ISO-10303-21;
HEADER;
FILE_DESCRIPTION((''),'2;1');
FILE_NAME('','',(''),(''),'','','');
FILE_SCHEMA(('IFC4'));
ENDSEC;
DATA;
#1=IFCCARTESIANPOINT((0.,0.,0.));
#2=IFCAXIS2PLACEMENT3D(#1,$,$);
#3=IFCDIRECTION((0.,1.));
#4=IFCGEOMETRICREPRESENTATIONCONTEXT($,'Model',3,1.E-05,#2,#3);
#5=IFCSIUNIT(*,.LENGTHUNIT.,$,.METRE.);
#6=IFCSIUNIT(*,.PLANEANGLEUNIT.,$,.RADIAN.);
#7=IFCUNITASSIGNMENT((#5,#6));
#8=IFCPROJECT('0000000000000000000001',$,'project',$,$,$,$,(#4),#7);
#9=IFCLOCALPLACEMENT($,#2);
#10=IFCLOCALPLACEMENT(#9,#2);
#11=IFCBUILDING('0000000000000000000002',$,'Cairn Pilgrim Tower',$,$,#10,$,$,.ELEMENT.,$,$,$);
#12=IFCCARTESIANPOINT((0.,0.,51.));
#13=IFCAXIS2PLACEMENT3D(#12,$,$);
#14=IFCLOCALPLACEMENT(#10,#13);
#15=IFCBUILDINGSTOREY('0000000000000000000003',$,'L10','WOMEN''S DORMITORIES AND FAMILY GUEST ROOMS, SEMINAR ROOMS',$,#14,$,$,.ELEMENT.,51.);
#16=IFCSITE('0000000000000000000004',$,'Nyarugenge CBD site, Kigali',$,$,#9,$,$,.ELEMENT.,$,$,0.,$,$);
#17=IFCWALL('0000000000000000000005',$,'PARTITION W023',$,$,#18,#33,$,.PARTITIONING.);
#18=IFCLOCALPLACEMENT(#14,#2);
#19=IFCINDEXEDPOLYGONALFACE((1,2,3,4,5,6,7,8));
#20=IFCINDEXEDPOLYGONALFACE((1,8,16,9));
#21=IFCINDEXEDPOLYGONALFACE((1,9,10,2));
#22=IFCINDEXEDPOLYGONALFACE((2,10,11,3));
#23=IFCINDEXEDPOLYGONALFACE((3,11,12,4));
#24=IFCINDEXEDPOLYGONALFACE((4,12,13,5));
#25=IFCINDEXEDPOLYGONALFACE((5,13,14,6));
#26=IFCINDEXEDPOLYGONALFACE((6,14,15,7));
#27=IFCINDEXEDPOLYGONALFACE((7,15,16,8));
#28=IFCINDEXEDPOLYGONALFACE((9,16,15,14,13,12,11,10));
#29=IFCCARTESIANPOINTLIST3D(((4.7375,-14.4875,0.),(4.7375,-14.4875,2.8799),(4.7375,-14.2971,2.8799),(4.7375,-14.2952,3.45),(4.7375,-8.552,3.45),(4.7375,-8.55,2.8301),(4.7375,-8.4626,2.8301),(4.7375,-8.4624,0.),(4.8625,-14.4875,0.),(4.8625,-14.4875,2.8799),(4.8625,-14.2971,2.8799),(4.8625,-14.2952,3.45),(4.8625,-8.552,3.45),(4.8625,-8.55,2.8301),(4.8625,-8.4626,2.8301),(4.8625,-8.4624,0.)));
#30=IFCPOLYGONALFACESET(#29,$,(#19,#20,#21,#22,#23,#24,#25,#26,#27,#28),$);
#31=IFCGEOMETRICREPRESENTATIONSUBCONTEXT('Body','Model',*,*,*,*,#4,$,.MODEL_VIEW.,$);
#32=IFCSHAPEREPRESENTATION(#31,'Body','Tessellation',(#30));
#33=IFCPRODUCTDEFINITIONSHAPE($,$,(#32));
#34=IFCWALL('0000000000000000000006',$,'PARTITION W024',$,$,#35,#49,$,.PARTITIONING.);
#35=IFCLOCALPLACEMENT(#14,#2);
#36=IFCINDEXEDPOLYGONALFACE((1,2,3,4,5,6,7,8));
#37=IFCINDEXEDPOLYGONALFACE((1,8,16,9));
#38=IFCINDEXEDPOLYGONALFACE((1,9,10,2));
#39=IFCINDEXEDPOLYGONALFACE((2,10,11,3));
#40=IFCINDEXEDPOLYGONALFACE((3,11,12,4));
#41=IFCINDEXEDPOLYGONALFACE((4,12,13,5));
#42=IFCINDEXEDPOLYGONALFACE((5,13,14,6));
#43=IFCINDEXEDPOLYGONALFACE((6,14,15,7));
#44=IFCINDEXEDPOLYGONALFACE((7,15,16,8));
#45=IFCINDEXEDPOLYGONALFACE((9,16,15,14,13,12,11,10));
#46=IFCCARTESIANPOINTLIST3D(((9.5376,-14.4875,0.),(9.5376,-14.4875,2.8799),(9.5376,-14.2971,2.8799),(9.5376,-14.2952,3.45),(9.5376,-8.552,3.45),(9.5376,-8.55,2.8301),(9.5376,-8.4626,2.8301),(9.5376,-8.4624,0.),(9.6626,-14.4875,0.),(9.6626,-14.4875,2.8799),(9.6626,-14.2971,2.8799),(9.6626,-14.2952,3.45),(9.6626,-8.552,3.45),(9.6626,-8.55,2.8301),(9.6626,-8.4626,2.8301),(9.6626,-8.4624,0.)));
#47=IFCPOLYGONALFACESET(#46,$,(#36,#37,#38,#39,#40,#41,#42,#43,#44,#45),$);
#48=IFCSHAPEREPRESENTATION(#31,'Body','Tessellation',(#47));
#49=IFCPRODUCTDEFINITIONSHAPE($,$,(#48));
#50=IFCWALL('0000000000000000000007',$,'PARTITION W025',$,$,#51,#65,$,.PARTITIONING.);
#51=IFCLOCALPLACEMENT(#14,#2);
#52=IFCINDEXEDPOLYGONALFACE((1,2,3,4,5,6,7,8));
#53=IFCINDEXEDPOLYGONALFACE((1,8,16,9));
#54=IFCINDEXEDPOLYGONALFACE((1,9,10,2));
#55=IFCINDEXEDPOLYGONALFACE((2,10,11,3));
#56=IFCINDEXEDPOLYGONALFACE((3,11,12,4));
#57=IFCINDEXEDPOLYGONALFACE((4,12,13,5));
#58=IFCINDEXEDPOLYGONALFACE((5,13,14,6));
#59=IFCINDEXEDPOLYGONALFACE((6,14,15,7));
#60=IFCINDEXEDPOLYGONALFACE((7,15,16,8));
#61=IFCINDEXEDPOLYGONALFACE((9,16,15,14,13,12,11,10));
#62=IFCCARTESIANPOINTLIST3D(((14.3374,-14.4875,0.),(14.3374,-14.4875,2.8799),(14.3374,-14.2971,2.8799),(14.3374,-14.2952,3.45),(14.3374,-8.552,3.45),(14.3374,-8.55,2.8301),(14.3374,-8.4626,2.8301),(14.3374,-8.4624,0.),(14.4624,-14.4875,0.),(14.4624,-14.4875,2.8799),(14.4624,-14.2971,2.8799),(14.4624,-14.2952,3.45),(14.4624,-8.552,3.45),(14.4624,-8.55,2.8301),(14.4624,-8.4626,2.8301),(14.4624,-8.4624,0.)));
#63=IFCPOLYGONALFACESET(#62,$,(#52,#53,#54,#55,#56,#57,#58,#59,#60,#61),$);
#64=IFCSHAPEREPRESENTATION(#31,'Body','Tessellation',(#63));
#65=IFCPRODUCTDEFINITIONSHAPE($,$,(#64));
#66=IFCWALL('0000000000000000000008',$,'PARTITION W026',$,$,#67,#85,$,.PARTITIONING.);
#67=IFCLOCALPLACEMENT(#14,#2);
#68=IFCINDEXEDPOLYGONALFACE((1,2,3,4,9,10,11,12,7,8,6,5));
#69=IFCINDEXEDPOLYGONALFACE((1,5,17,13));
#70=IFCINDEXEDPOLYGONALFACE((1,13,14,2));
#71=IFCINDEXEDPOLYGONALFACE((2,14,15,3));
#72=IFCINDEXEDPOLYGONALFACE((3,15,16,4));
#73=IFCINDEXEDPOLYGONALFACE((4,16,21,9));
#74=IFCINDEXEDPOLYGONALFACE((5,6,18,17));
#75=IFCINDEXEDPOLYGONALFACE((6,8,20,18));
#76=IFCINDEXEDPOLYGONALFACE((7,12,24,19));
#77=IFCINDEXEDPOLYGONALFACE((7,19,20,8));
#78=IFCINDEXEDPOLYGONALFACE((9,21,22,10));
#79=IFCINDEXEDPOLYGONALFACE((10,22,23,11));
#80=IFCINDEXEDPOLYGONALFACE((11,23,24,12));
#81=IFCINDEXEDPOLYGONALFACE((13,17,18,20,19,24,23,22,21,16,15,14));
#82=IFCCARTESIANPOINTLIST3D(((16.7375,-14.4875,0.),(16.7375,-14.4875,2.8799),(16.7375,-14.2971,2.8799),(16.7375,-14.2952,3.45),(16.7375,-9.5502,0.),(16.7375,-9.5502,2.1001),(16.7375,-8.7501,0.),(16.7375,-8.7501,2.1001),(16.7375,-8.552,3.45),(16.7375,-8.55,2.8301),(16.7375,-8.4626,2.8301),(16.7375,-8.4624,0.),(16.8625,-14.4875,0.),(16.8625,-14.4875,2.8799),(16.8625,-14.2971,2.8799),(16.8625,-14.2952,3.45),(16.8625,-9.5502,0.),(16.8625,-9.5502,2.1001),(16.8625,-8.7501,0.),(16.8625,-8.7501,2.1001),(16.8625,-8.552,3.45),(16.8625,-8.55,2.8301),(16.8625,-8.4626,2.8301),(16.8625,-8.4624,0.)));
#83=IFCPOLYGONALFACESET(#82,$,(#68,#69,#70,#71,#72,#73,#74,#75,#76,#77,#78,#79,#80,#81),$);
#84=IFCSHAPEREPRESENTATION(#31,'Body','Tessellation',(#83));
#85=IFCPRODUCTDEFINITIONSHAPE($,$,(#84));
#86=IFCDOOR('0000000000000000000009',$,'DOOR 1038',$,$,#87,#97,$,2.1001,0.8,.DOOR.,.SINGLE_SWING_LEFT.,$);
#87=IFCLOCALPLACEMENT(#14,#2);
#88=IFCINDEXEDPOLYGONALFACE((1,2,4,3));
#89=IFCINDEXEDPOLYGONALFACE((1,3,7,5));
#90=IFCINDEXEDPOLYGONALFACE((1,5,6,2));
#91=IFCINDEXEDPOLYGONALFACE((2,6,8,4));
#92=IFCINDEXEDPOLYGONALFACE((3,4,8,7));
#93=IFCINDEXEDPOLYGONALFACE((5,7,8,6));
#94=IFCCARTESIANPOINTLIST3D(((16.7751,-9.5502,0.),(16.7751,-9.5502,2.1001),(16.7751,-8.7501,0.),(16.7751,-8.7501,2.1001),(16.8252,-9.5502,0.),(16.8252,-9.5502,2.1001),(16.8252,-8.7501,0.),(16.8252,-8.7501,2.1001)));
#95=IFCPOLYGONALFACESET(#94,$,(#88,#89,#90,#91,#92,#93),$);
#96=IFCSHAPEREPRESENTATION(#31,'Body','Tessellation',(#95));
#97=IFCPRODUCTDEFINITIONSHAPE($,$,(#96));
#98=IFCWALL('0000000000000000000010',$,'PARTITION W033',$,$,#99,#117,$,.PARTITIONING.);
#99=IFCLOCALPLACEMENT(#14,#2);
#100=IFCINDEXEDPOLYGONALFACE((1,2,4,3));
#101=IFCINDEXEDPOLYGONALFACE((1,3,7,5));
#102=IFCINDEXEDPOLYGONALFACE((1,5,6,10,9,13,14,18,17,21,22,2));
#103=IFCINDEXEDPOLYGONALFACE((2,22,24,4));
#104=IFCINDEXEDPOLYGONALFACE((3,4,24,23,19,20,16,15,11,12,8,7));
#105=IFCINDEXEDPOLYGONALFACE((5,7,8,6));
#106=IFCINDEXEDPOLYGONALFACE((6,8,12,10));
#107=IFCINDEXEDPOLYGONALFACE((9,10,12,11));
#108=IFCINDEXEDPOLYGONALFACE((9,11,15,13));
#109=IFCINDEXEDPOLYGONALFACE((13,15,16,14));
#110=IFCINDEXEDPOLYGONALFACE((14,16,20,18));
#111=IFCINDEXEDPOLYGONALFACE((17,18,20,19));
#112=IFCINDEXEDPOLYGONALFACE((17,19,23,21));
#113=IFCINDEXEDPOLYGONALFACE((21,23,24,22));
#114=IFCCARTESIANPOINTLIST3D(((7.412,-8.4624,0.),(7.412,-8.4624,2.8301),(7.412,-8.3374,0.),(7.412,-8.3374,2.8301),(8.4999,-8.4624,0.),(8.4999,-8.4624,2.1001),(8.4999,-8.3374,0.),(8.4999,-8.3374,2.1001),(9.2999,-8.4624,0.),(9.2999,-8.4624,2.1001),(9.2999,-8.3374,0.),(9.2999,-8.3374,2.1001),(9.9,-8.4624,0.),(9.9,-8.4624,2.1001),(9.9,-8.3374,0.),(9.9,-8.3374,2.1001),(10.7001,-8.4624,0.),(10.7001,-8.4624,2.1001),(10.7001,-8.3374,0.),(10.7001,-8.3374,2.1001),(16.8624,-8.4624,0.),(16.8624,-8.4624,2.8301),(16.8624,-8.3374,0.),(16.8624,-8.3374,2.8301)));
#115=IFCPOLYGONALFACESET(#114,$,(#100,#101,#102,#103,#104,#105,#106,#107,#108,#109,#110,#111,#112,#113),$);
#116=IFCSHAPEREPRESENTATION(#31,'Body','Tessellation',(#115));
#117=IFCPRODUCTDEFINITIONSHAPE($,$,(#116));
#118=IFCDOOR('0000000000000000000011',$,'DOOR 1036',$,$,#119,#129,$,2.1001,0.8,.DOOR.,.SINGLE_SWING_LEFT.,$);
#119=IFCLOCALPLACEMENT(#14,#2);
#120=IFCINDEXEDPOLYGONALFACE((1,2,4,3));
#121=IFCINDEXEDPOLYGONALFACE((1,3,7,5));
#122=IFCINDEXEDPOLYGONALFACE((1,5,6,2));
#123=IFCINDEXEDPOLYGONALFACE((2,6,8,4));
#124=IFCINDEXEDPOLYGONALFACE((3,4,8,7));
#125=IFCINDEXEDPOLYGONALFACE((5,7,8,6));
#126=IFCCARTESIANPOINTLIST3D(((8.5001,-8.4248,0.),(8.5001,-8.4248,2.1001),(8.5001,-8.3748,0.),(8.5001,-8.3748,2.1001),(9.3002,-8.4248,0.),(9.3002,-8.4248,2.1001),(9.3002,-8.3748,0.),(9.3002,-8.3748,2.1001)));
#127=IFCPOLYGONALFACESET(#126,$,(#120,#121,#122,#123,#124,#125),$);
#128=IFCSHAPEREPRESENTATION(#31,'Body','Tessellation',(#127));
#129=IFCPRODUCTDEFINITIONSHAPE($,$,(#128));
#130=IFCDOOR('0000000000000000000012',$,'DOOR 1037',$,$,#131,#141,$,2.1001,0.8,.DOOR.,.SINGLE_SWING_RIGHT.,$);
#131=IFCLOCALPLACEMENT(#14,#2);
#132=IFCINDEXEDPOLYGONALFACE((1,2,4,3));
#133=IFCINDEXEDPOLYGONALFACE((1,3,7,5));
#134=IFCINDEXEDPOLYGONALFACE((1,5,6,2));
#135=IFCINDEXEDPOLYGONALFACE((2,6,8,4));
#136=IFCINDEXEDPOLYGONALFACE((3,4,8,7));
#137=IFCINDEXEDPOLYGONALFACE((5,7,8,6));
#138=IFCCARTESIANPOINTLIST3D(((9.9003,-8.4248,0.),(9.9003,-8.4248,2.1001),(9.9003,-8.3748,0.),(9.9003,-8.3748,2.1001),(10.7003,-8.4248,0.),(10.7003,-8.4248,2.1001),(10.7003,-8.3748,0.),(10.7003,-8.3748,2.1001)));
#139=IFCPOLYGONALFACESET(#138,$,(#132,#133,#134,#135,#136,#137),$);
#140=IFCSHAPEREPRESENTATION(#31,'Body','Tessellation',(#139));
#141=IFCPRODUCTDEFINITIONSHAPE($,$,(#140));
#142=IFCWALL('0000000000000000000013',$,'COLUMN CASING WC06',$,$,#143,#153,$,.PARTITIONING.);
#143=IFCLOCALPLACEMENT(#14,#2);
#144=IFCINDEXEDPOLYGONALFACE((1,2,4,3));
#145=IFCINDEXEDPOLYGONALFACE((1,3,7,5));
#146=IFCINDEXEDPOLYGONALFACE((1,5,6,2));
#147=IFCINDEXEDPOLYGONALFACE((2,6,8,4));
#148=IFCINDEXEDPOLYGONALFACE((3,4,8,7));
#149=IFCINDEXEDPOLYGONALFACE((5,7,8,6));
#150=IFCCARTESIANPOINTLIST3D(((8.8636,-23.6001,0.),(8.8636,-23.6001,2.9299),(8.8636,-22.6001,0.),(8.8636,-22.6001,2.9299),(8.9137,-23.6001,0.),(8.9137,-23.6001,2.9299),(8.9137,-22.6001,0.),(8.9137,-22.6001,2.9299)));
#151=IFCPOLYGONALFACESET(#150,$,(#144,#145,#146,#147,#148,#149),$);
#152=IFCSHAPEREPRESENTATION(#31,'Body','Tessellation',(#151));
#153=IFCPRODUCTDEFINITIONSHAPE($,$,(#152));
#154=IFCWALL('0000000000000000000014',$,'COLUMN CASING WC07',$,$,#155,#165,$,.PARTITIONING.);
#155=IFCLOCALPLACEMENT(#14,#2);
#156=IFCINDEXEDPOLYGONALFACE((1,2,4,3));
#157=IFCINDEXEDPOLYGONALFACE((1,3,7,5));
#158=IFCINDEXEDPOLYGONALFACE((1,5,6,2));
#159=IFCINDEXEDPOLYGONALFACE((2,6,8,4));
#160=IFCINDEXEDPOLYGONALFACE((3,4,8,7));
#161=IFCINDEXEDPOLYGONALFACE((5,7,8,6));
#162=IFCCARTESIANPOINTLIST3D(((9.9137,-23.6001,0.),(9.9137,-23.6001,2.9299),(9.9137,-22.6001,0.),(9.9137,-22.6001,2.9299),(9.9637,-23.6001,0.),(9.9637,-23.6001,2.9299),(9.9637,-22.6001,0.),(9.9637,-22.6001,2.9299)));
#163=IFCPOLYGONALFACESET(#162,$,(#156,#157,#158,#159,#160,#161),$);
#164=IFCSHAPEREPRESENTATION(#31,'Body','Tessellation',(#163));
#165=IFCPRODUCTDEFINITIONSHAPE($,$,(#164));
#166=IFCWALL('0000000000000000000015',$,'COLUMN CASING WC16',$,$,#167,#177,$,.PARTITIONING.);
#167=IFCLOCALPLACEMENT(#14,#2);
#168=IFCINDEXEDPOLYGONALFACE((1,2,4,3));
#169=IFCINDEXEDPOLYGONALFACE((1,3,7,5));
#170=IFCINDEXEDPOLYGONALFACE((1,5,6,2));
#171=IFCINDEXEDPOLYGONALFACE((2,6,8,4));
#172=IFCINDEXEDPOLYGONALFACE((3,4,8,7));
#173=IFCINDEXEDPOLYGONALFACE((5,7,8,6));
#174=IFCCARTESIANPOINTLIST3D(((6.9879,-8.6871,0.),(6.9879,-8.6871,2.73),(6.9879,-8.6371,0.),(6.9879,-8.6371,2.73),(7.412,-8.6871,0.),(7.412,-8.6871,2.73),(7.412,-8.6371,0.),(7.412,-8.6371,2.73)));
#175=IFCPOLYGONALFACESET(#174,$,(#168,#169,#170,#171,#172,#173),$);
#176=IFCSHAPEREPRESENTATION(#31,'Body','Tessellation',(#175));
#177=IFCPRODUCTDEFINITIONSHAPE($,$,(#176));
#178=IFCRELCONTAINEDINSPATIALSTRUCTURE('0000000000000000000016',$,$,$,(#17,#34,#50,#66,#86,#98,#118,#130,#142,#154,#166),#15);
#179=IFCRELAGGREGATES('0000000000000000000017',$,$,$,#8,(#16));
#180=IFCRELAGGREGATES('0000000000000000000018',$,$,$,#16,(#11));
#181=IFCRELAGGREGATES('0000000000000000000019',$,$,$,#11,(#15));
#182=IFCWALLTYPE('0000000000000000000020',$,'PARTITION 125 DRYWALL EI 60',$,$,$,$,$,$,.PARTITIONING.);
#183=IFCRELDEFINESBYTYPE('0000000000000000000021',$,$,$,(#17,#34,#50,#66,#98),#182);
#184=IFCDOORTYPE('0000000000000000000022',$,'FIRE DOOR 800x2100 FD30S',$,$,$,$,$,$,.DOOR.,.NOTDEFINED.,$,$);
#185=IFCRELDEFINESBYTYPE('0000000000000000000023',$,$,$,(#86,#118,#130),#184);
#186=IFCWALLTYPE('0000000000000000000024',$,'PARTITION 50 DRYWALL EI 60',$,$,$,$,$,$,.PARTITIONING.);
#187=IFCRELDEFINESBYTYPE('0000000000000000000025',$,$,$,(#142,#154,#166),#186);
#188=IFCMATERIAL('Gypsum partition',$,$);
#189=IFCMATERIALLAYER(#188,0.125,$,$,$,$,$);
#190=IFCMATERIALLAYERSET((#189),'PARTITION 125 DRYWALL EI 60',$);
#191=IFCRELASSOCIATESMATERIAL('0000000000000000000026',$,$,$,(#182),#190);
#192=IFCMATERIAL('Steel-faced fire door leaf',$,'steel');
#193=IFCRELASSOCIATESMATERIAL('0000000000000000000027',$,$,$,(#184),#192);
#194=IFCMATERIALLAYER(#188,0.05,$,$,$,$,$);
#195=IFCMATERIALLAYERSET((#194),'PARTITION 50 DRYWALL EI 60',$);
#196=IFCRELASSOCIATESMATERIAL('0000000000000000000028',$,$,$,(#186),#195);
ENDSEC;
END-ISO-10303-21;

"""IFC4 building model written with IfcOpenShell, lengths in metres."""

from ifc_helpers import new_model, si_unit, direction, frame, frame_2d, origin, place, context, subcontext, project, spatial, polyline, rectangle, outline, extrude, material, layer, layer_set, type_object, element, fill, save


model = new_model("IFC4")

# Units and contexts
model_context = context("Model", 3, precision=1e-05, world=origin(), true_north=direction((0.0, 1.0)))
body_context = subcontext(model_context, "Body", "Model", "MODEL_VIEW")
ifc_project = project(units=[si_unit("LENGTHUNIT", "METRE"), si_unit("PLANEANGLEUNIT", "RADIAN")], contexts=[model_context])

# Site, building, storey
site_placement = place(None, origin())
site = spatial("IfcSite", under=ifc_project, at=site_placement, Name="Nyarugenge CBD site, Kigali", CompositionType="ELEMENT", RefElevation=0.0)
building_placement = place(site_placement, origin())
building = spatial("IfcBuilding", under=site, at=building_placement, Name="Cairn Pilgrim Tower", CompositionType="ELEMENT")
storey_placement = place(building_placement, frame((0.0, 0.0, 51.0)))
storey = spatial("IfcBuildingStorey", under=building, at=storey_placement, Name="L10", Description="WOMEN'S DORMITORIES AND FAMILY GUEST ROOMS, SEMINAR ROOMS", CompositionType="ELEMENT", Elevation=51.0)

# Shared definitions
ifc_material_1 = material(Name="Gypsum partition")
ifc_layer_1 = layer(ifc_material_1, 0.125)
ifc_layer_set_1 = layer_set([ifc_layer_1], Name="PARTITION 125 DRYWALL EI 60")
wall_type_1 = type_object("IfcWallType", Name="PARTITION 125 DRYWALL EI 60", PredefinedType="PARTITIONING", material=ifc_layer_set_1)

# Shared definitions
ifc_material_2 = material(Name="Steel-faced fire door leaf", Category="steel")
door_type_1 = type_object("IfcDoorType", Name="FIRE DOOR 800x2100 FD30S", OperationType="NOTDEFINED", PredefinedType="DOOR", material=ifc_material_2)

# Walls
for number, where, z_axis, x_axis, name in (
    (1, (4.8, -14.4875, 0.0), (0.0, 0.0, 1.0), (0.0, 1.0, 0.0), "PARTITION W023"),
    (2, (9.6001, -14.4875, 0.0), (0.0, 0.0, 1.0), (0.0, 1.0, 0.0), "PARTITION W024"),
    (3, (14.3999, -14.4875, 0.0), (0.0, 0.0, 1.0), (0.0, 1.0, 0.0), "PARTITION W025"),
):
    element("IfcWall", number, at=place(storey_placement, frame(where, z_axis=z_axis, x_axis=x_axis)), inside=storey, type_object=wall_type_1, Name=name, PredefinedType="PARTITIONING", context=body_context, shape_type="SweptSolid", body=[
        extrude(outline(polyline([(0.0, 0.0), (6.0251, 0.0), (6.0249, 2.8301), (5.9375, 2.8301), (5.9355, 3.45), (0.1924, 3.45), (0.1904, 2.8799), (0.0, 2.8799), (0.0, 0.0)])), frame((0.0, 0.0625, 0.0), z_axis=(0.0, -1.0, 0.0), x_axis=(1.0, 0.0, 0.0)), (0.0, 0.0, 1.0), 0.125),
    ])

# Wall, opening, door
wall_1_placement = place(storey_placement, frame((16.8, -14.4875, 0.0), z_axis=(0.0, 0.0, 1.0), x_axis=(0.0, 1.0, 0.0)))
wall_1 = element("IfcWall", 4, at=wall_1_placement, inside=storey, type_object=wall_type_1, Name="PARTITION W026", PredefinedType="PARTITIONING", context=body_context, shape_type="SweptSolid", body=[
    extrude(outline(polyline([(0.0, 0.0), (6.0251, 0.0), (6.0249, 2.8301), (5.9375, 2.8301), (5.9355, 3.45), (0.1924, 3.45), (0.1904, 2.8799), (0.0, 2.8799), (0.0, 0.0)])), frame((0.0, 0.0625, 0.0), z_axis=(0.0, -1.0, 0.0), x_axis=(1.0, 0.0, 0.0)), (0.0, 0.0, 1.0), 0.125),
])
opening_1_placement = place(wall_1_placement, frame((4.9375, 0.0, 0.0)))
opening_1 = element("IfcOpeningElement", 5, at=opening_1_placement, cuts=wall_1, PredefinedType="OPENING", context=body_context, shape_type="SweptSolid", body=[
    extrude(rectangle(XDim=0.8, YDim=2.1001, at=frame_2d((0.3999, 1.05))), frame((0.0, 0.0725, 0.0), z_axis=(0.0, -1.0, 0.0), x_axis=(1.0, 0.0, 0.0)), (0.0, 0.0, 1.0), 0.145),
])
door_1_placement = place(opening_1_placement, origin())
door_1 = element("IfcDoor", 6, at=door_1_placement, inside=storey, type_object=door_type_1, Name="DOOR 1038", OperationType="SINGLE_SWING_LEFT", OverallHeight=2.1001, OverallWidth=0.8, PredefinedType="DOOR", context=body_context, shape_type="SweptSolid", body=[
    extrude(rectangle(XDim=0.8, YDim=2.1001, at=frame_2d((0.3999, 1.05))), frame((0.0, 0.0249, 0.0), z_axis=(0.0, -1.0, 0.0), x_axis=(1.0, 0.0, 0.0)), (0.0, 0.0, 1.0), 0.05),
])
fill(opening_1, door_1)

# Wall, openings, doors
wall_2_placement = place(storey_placement, frame((7.4121, -8.3999, 0.0), z_axis=(0.0, 0.0, 1.0), x_axis=(1.0, 0.0, 0.0)))
wall_2 = element("IfcWall", 7, at=wall_2_placement, inside=storey, type_object=wall_type_1, Name="PARTITION W033", PredefinedType="PARTITIONING", context=body_context, shape_type="SweptSolid", body=[
    extrude(rectangle(XDim=9.4504, YDim=0.125, at=frame_2d((4.7251, 0.0))), origin(), (0.0, 0.0, 1.0), 2.8301),
])
opening_2_placement = place(wall_2_placement, frame((1.0879, 0.0, 0.0)))
opening_2 = element("IfcOpeningElement", 8, at=opening_2_placement, cuts=wall_2, PredefinedType="OPENING", context=body_context, shape_type="SweptSolid", body=[
    extrude(rectangle(XDim=0.8, YDim=2.1001, at=frame_2d((0.3999, 1.05))), frame((0.0, 0.0725, 0.0), z_axis=(0.0, -1.0, 0.0), x_axis=(1.0, 0.0, 0.0)), (0.0, 0.0, 1.0), 0.145),
])
opening_3_placement = place(wall_2_placement, frame((2.488, 0.0, 0.0)))
opening_3 = element("IfcOpeningElement", 9, at=opening_3_placement, cuts=wall_2, PredefinedType="OPENING", context=body_context, shape_type="SweptSolid", body=[
    extrude(rectangle(XDim=0.8, YDim=2.1001, at=frame_2d((0.3999, 1.05))), frame((0.0, 0.0725, 0.0), z_axis=(0.0, -1.0, 0.0), x_axis=(1.0, 0.0, 0.0)), (0.0, 0.0, 1.0), 0.145),
])
door_2_placement = place(opening_2_placement, frame((0.8, 0.0, 0.0), z_axis=(0.0, 0.0, 1.0), x_axis=(-1.0, 0.0, 0.0)))
door_2 = element("IfcDoor", 10, at=door_2_placement, inside=storey, type_object=door_type_1, Name="DOOR 1036", OperationType="SINGLE_SWING_LEFT", OverallHeight=2.1001, OverallWidth=0.8, PredefinedType="DOOR", context=body_context, shape_type="SweptSolid", body=[
    extrude(rectangle(XDim=0.8, YDim=2.1001, at=frame_2d((0.3999, 1.05))), frame((0.0, 0.0249, 0.0), z_axis=(0.0, -1.0, 0.0), x_axis=(1.0, 0.0, 0.0)), (0.0, 0.0, 1.0), 0.05),
])
fill(opening_2, door_2)
door_3_placement = place(opening_3_placement, frame((0.8, 0.0, 0.0), z_axis=(0.0, 0.0, 1.0), x_axis=(-1.0, 0.0, 0.0)))
door_3 = element("IfcDoor", 11, at=door_3_placement, inside=storey, type_object=door_type_1, Name="DOOR 1037", OperationType="SINGLE_SWING_RIGHT", OverallHeight=2.1001, OverallWidth=0.8, PredefinedType="DOOR", context=body_context, shape_type="SweptSolid", body=[
    extrude(rectangle(XDim=0.8, YDim=2.1001, at=frame_2d((0.3999, 1.05))), frame((0.0, 0.0249, 0.0), z_axis=(0.0, -1.0, 0.0), x_axis=(1.0, 0.0, 0.0)), (0.0, 0.0, 1.0), 0.05),
])
fill(opening_3, door_3)

# Walls
ifc_layer_2 = layer(ifc_material_1, 0.05)
ifc_layer_set_2 = layer_set([ifc_layer_2], Name="PARTITION 50 DRYWALL EI 60")
wall_type_2 = type_object("IfcWallType", Name="PARTITION 50 DRYWALL EI 60", PredefinedType="PARTITIONING", material=ifc_layer_set_2)
for number, where, z_axis, x_axis, name in (
    (12, (8.8887, -23.6001, 0.0), (0.0, 0.0, 1.0), (0.0, 1.0, 0.0), "COLUMN CASING WC06"),
    (13, (9.9387, -23.6001, 0.0), (0.0, 0.0, 1.0), (0.0, 1.0, 0.0), "COLUMN CASING WC07"),
):
    element("IfcWall", number, at=place(storey_placement, frame(where, z_axis=z_axis, x_axis=x_axis)), inside=storey, type_object=wall_type_2, Name=name, PredefinedType="PARTITIONING", context=body_context, shape_type="SweptSolid", body=[
        extrude(rectangle(XDim=1.0, YDim=0.05, at=frame_2d((0.5, 0.0))), origin(), (0.0, 0.0, 1.0), 2.9299),
    ])
wall_3_placement = place(storey_placement, frame((6.988, -8.6621, 0.0), z_axis=(0.0, 0.0, 1.0), x_axis=(1.0, 0.0, 0.0)))
element("IfcWall", 14, at=wall_3_placement, inside=storey, type_object=wall_type_2, Name="COLUMN CASING WC16", PredefinedType="PARTITIONING", context=body_context, shape_type="SweptSolid", body=[
    extrude(rectangle(XDim=0.4241, YDim=0.05, at=frame_2d((0.2119, 0.0))), origin(), (0.0, 0.0, 1.0), 2.73),
])

save(model, "model.ifc")
